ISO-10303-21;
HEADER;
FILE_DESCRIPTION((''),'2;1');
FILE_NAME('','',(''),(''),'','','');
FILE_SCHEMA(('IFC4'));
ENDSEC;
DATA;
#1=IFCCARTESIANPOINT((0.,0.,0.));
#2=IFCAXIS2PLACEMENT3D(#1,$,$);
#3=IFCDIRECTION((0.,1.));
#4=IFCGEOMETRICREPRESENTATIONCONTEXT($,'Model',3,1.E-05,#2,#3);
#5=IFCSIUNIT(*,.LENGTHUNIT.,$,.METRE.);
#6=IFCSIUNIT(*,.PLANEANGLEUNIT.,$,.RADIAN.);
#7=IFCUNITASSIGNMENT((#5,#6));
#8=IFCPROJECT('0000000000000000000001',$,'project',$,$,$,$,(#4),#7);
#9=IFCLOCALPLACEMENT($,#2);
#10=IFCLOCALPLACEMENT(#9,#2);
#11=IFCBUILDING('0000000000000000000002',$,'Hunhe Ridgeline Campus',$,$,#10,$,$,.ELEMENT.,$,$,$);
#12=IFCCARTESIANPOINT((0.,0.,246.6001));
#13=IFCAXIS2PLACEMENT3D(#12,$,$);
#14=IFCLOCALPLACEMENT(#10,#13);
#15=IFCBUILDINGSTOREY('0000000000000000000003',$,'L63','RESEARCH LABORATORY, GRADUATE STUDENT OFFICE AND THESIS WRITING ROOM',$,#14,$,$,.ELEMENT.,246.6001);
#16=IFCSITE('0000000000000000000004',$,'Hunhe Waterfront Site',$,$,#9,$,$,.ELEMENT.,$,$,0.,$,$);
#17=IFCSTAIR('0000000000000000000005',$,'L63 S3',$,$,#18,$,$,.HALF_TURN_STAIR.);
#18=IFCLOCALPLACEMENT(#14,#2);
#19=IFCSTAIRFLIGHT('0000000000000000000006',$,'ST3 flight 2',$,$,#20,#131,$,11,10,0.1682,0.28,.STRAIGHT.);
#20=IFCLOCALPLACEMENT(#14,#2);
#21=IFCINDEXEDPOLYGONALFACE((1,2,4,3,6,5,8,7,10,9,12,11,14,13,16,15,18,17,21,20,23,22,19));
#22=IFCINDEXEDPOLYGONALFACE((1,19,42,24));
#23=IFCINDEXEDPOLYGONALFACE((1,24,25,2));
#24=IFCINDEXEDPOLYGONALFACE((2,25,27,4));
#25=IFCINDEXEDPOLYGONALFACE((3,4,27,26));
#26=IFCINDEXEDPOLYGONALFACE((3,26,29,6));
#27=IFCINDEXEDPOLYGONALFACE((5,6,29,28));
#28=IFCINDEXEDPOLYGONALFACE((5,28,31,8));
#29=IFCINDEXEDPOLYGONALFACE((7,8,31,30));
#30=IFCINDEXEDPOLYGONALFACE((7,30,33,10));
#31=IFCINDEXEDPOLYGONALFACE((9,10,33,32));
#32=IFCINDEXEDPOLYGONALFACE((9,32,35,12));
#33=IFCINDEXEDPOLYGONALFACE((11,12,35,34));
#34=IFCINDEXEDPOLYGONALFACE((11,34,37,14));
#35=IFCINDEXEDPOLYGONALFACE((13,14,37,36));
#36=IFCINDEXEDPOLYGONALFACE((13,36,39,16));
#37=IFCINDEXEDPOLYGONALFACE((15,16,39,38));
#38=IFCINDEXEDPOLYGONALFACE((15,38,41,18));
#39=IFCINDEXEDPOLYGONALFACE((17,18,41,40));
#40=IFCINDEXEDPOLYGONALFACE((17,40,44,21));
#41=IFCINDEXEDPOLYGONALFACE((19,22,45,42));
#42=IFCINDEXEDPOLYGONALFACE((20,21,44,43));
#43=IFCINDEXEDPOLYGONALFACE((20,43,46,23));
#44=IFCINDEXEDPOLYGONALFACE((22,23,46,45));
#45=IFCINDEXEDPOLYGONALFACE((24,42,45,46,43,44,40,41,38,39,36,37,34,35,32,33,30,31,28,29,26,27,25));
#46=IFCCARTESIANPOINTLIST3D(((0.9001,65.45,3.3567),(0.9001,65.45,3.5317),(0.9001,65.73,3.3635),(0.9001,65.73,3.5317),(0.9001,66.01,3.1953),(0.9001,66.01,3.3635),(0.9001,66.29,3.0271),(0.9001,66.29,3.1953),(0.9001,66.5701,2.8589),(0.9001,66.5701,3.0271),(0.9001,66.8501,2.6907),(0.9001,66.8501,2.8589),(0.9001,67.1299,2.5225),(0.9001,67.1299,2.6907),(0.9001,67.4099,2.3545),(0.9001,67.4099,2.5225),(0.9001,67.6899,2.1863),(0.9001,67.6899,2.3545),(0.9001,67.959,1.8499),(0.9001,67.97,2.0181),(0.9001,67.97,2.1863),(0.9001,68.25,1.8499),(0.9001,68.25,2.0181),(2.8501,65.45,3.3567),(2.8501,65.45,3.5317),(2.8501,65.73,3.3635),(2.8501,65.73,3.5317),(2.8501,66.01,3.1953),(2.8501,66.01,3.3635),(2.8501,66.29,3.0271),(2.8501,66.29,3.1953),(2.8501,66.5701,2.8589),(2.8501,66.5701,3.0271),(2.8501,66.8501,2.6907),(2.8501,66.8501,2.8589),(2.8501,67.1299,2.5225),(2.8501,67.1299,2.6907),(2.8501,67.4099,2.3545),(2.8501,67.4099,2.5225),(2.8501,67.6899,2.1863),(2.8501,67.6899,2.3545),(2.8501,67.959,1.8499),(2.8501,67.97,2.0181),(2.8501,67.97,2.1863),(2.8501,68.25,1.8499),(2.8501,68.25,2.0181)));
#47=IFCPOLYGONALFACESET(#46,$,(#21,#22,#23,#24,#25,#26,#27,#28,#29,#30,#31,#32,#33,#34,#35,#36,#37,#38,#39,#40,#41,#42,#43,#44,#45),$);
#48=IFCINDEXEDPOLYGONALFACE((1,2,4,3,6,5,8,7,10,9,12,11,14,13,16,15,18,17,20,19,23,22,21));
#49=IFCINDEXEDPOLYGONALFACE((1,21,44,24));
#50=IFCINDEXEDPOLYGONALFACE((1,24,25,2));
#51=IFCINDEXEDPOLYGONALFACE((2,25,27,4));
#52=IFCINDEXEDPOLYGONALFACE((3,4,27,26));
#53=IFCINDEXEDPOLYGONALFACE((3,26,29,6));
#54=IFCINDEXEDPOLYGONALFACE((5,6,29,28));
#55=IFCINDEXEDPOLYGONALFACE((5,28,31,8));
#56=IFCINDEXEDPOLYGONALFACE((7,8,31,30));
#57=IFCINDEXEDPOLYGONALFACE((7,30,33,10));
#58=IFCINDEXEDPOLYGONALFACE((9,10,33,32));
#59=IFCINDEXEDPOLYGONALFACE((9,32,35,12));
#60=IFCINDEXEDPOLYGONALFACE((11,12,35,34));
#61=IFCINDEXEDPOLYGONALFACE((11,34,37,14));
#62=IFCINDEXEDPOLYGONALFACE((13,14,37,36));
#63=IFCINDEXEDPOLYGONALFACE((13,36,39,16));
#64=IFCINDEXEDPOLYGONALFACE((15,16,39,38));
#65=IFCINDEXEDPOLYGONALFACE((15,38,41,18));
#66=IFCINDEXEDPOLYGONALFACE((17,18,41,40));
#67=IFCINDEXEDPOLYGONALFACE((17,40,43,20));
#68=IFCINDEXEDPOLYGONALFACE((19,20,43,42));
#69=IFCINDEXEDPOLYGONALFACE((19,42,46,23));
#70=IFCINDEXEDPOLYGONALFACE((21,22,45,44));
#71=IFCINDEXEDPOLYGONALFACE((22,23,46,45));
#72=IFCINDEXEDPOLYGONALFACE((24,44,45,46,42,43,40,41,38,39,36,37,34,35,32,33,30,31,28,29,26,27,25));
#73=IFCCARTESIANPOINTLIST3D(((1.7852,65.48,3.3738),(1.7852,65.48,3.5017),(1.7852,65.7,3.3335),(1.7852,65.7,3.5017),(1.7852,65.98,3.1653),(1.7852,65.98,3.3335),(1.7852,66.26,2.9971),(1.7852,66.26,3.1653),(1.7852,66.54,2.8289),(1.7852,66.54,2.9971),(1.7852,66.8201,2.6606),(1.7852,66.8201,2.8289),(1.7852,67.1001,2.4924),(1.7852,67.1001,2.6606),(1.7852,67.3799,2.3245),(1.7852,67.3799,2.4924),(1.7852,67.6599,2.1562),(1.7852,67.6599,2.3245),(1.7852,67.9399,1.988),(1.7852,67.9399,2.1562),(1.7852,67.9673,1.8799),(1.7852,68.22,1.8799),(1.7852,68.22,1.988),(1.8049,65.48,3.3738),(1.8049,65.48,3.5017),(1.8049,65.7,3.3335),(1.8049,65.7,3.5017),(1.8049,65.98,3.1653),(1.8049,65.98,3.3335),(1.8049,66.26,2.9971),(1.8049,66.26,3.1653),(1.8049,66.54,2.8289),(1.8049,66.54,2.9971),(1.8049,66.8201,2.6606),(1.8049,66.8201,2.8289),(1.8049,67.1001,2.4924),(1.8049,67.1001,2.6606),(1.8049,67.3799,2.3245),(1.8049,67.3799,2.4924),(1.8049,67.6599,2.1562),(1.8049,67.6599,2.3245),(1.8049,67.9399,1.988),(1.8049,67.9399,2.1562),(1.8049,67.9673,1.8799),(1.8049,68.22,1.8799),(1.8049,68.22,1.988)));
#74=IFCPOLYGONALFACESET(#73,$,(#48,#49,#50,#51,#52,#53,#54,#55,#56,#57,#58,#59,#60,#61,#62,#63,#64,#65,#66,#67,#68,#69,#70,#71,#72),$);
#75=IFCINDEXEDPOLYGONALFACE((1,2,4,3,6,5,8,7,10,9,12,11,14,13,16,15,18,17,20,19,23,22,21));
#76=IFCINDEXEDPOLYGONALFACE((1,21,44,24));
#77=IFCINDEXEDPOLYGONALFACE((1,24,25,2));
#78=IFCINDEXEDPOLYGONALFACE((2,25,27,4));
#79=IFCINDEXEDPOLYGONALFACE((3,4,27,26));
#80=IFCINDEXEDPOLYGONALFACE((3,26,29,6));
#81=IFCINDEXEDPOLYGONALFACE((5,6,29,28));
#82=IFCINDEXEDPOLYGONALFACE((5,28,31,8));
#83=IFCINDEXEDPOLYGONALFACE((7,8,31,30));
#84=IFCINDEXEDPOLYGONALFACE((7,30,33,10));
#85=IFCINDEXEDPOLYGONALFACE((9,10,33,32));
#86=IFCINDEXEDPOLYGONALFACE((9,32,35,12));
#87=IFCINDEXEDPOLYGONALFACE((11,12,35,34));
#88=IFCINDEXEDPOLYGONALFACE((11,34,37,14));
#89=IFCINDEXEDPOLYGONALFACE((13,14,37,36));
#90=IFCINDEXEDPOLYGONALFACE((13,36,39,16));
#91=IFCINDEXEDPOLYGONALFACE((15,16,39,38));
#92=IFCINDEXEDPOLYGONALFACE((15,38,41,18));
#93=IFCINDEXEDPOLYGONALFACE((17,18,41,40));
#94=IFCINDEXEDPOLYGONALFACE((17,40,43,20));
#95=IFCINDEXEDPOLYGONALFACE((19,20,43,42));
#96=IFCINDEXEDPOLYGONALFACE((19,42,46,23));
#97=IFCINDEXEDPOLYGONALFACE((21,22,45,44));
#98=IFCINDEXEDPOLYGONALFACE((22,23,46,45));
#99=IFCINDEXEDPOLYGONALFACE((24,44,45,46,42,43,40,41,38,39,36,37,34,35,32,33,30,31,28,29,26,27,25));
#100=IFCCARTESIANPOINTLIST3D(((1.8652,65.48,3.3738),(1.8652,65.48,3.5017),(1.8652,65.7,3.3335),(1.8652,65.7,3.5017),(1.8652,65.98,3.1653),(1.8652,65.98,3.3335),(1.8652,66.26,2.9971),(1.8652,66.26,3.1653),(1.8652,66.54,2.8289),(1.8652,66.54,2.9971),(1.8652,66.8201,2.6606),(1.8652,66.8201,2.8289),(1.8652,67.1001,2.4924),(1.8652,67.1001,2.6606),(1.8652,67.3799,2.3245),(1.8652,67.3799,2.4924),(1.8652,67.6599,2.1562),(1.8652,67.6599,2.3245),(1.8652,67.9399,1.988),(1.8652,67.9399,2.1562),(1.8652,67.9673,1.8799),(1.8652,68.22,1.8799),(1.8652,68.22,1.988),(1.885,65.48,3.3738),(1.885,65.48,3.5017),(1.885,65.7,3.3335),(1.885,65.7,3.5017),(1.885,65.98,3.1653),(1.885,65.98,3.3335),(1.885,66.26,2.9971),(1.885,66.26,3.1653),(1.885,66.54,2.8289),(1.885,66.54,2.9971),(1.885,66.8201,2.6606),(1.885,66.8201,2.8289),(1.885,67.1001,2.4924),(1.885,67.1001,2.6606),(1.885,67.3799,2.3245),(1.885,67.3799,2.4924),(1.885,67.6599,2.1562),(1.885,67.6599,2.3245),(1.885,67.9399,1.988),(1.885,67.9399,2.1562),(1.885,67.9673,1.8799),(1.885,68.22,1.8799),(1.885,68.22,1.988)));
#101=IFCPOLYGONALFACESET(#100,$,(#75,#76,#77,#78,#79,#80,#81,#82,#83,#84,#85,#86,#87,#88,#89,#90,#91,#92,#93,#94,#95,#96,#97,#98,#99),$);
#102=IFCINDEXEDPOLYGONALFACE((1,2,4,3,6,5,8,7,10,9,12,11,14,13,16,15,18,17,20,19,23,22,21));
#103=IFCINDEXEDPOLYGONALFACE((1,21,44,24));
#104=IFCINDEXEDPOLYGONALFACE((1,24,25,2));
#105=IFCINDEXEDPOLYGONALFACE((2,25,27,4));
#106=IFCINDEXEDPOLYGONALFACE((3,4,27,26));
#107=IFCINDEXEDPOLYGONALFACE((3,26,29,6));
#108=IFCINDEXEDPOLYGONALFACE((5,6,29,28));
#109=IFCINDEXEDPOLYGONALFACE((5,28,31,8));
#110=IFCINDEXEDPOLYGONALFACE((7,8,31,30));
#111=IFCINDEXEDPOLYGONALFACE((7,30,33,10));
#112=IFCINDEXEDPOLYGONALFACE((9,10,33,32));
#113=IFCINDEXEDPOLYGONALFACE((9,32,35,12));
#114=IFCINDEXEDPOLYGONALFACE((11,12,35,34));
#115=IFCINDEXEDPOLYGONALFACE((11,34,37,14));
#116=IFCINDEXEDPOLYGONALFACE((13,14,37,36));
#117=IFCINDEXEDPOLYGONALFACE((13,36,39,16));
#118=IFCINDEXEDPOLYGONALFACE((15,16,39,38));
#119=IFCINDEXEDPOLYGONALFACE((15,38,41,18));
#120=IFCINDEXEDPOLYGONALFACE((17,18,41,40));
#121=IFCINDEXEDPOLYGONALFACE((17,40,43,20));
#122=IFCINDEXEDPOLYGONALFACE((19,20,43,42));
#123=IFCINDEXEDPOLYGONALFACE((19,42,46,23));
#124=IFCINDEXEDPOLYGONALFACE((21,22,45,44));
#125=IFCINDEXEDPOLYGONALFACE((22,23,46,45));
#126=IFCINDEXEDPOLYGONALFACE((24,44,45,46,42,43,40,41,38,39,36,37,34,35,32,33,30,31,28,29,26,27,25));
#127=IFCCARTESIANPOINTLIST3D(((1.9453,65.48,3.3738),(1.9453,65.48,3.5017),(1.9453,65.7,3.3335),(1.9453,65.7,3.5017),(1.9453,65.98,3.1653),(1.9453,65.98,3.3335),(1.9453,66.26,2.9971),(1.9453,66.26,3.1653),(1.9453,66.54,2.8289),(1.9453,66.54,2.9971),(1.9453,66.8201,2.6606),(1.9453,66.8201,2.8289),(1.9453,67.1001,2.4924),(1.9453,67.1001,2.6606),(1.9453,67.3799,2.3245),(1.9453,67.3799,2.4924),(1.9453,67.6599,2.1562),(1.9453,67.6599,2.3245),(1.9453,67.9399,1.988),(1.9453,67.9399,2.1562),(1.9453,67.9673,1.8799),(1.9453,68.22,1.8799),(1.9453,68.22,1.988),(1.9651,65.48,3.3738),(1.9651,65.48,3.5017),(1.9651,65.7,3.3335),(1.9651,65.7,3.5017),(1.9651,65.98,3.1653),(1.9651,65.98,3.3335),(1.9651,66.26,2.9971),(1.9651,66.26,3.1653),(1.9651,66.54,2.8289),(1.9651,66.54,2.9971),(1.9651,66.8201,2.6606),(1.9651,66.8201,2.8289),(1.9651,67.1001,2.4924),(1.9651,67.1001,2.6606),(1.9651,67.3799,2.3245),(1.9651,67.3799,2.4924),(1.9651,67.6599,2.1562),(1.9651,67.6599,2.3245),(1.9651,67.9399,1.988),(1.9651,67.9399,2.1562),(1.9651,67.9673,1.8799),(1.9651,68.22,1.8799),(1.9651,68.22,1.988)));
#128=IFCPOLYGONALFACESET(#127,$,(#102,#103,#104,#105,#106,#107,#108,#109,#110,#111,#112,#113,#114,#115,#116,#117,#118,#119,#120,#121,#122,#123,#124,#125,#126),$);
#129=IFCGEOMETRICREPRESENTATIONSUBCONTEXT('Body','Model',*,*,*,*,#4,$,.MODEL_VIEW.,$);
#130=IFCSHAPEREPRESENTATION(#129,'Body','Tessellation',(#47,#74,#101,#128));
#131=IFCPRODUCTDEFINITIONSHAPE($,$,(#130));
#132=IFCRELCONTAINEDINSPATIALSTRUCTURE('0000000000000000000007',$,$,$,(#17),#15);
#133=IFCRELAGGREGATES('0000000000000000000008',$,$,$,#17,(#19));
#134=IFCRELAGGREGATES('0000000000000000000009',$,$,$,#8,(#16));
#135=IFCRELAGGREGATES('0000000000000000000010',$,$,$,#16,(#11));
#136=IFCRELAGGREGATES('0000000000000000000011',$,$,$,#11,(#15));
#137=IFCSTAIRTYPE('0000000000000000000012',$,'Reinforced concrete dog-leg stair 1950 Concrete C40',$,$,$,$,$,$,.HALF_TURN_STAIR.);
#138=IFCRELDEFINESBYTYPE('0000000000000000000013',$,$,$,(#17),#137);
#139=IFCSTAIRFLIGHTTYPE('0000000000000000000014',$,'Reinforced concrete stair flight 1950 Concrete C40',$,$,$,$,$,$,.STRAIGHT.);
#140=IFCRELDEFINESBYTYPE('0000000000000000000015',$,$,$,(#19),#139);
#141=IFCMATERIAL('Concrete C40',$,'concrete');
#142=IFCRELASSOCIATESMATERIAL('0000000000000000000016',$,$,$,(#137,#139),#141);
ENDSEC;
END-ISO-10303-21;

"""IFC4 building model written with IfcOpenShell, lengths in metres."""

from ifc_helpers import new_model, si_unit, direction, frame, origin, place, context, subcontext, project, spatial, polyline, outline, extrude, material, type_object, element, aggregate, save


model = new_model("IFC4")

# Units and contexts
model_context = context("Model", 3, precision=1e-05, world=origin(), true_north=direction((0.0, 1.0)))
body_context = subcontext(model_context, "Body", "Model", "MODEL_VIEW")
ifc_project = project(units=[si_unit("LENGTHUNIT", "METRE"), si_unit("PLANEANGLEUNIT", "RADIAN")], contexts=[model_context])

# Site, building, storey
site_placement = place(None, origin())
site = spatial("IfcSite", under=ifc_project, at=site_placement, Name="Hunhe Waterfront Site", CompositionType="ELEMENT", RefElevation=0.0)
building_placement = place(site_placement, origin())
building = spatial("IfcBuilding", under=site, at=building_placement, Name="Hunhe Ridgeline Campus", CompositionType="ELEMENT")
storey_placement = place(building_placement, frame((0.0, 0.0, 246.6001)))
storey = spatial("IfcBuildingStorey", under=building, at=storey_placement, Name="L63", Description="RESEARCH LABORATORY, GRADUATE STUDENT OFFICE AND THESIS WRITING ROOM", CompositionType="ELEMENT", Elevation=246.6001)

# Stair, stair flight
ifc_material_1 = material(Name="Concrete C40", Category="concrete")
stair_type = type_object("IfcStairType", Name="Reinforced concrete dog-leg stair 1950 Concrete C40", PredefinedType="HALF_TURN_STAIR", material=ifc_material_1)
stair_1_placement = place(storey_placement, origin())
stair_1 = element("IfcStair", 1, at=stair_1_placement, inside=storey, type_object=stair_type, Name="L63 S3", PredefinedType="HALF_TURN_STAIR")
stair_flight_type = type_object("IfcStairFlightType", Name="Reinforced concrete stair flight 1950 Concrete C40", PredefinedType="STRAIGHT", material=ifc_material_1)
stair_flight_1_placement = place(storey_placement, frame((1.875, 68.25, 1.8499), z_axis=(0.0, 0.0, 1.0), x_axis=(0.0, -1.0, 0.0)))
stair_flight_1 = element("IfcStairFlight", 2, at=stair_flight_1_placement, type_object=stair_flight_type, Name="ST3 flight 2", NumberOfRisers=11, NumberOfTreads=10, PredefinedType="STRAIGHT", RiserHeight=0.1682, TreadLength=0.28, context=body_context, shape_type="SweptSolid", body=[
    extrude(outline(polyline([(0.0, 0.0), (0.0, 0.1682), (0.28, 0.1682), (0.28, 0.3364), (0.5601, 0.3364), (0.5601, 0.5046), (0.8401, 0.5046), (0.8401, 0.6726), (1.1201, 0.6726), (1.1201, 0.8408), (1.3999, 0.8408), (1.3999, 1.009), (1.6799, 1.009), (1.6799, 1.1772), (1.96, 1.1772), (1.96, 1.3455), (2.24, 1.3455), (2.24, 1.5137), (2.52, 1.5137), (2.52, 1.6819), (2.8, 1.6819), (2.8, 1.8501), (2.8, 1.5068), (0.291, 0.0), (0.0, 0.0)])), frame((0.0, 0.9751, 0.0), z_axis=(0.0, -1.0, 0.0), x_axis=(1.0, 0.0, 0.0)), (0.0, 0.0, 1.0), 1.95),
    extrude(outline(polyline([(0.03, 0.03), (0.03, 0.1382), (0.3101, 0.1382), (0.3101, 0.3064), (0.5901, 0.3064), (0.5901, 0.4746), (0.8701, 0.4746), (0.8701, 0.6426), (1.1499, 0.6426), (1.1499, 0.8108), (1.4299, 0.8108), (1.4299, 0.979), (1.71, 0.979), (1.71, 1.1472), (1.99, 1.1472), (1.99, 1.3154), (2.27, 1.3154), (2.27, 1.4836), (2.55, 1.4836), (2.55, 1.6519), (2.77, 1.6519), (2.77, 1.5239), (0.2827, 0.03), (0.03, 0.03)])), frame((0.0, -0.0701, 0.0), z_axis=(0.0, -1.0, 0.0), x_axis=(1.0, 0.0, 0.0)), (0.0, 0.0, 1.0), 0.0198),
    extrude(outline(polyline([(0.03, 0.03), (0.03, 0.1382), (0.3101, 0.1382), (0.3101, 0.3064), (0.5901, 0.3064), (0.5901, 0.4746), (0.8701, 0.4746), (0.8701, 0.6426), (1.1499, 0.6426), (1.1499, 0.8108), (1.4299, 0.8108), (1.4299, 0.979), (1.71, 0.979), (1.71, 1.1472), (1.99, 1.1472), (1.99, 1.3154), (2.27, 1.3154), (2.27, 1.4836), (2.55, 1.4836), (2.55, 1.6519), (2.77, 1.6519), (2.77, 1.5239), (0.2827, 0.03), (0.03, 0.03)])), frame((0.0, 0.01, 0.0), z_axis=(0.0, -1.0, 0.0), x_axis=(1.0, 0.0, 0.0)), (0.0, 0.0, 1.0), 0.0198),
    extrude(outline(polyline([(0.03, 0.03), (0.03, 0.1382), (0.3101, 0.1382), (0.3101, 0.3064), (0.5901, 0.3064), (0.5901, 0.4746), (0.8701, 0.4746), (0.8701, 0.6426), (1.1499, 0.6426), (1.1499, 0.8108), (1.4299, 0.8108), (1.4299, 0.979), (1.71, 0.979), (1.71, 1.1472), (1.99, 1.1472), (1.99, 1.3154), (2.27, 1.3154), (2.27, 1.4836), (2.55, 1.4836), (2.55, 1.6519), (2.77, 1.6519), (2.77, 1.5239), (0.2827, 0.03), (0.03, 0.03)])), frame((0.0, 0.0901, 0.0), z_axis=(0.0, -1.0, 0.0), x_axis=(1.0, 0.0, 0.0)), (0.0, 0.0, 1.0), 0.0198),
])
aggregate(stair_1, [stair_flight_1])

save(model, "model.ifc")
